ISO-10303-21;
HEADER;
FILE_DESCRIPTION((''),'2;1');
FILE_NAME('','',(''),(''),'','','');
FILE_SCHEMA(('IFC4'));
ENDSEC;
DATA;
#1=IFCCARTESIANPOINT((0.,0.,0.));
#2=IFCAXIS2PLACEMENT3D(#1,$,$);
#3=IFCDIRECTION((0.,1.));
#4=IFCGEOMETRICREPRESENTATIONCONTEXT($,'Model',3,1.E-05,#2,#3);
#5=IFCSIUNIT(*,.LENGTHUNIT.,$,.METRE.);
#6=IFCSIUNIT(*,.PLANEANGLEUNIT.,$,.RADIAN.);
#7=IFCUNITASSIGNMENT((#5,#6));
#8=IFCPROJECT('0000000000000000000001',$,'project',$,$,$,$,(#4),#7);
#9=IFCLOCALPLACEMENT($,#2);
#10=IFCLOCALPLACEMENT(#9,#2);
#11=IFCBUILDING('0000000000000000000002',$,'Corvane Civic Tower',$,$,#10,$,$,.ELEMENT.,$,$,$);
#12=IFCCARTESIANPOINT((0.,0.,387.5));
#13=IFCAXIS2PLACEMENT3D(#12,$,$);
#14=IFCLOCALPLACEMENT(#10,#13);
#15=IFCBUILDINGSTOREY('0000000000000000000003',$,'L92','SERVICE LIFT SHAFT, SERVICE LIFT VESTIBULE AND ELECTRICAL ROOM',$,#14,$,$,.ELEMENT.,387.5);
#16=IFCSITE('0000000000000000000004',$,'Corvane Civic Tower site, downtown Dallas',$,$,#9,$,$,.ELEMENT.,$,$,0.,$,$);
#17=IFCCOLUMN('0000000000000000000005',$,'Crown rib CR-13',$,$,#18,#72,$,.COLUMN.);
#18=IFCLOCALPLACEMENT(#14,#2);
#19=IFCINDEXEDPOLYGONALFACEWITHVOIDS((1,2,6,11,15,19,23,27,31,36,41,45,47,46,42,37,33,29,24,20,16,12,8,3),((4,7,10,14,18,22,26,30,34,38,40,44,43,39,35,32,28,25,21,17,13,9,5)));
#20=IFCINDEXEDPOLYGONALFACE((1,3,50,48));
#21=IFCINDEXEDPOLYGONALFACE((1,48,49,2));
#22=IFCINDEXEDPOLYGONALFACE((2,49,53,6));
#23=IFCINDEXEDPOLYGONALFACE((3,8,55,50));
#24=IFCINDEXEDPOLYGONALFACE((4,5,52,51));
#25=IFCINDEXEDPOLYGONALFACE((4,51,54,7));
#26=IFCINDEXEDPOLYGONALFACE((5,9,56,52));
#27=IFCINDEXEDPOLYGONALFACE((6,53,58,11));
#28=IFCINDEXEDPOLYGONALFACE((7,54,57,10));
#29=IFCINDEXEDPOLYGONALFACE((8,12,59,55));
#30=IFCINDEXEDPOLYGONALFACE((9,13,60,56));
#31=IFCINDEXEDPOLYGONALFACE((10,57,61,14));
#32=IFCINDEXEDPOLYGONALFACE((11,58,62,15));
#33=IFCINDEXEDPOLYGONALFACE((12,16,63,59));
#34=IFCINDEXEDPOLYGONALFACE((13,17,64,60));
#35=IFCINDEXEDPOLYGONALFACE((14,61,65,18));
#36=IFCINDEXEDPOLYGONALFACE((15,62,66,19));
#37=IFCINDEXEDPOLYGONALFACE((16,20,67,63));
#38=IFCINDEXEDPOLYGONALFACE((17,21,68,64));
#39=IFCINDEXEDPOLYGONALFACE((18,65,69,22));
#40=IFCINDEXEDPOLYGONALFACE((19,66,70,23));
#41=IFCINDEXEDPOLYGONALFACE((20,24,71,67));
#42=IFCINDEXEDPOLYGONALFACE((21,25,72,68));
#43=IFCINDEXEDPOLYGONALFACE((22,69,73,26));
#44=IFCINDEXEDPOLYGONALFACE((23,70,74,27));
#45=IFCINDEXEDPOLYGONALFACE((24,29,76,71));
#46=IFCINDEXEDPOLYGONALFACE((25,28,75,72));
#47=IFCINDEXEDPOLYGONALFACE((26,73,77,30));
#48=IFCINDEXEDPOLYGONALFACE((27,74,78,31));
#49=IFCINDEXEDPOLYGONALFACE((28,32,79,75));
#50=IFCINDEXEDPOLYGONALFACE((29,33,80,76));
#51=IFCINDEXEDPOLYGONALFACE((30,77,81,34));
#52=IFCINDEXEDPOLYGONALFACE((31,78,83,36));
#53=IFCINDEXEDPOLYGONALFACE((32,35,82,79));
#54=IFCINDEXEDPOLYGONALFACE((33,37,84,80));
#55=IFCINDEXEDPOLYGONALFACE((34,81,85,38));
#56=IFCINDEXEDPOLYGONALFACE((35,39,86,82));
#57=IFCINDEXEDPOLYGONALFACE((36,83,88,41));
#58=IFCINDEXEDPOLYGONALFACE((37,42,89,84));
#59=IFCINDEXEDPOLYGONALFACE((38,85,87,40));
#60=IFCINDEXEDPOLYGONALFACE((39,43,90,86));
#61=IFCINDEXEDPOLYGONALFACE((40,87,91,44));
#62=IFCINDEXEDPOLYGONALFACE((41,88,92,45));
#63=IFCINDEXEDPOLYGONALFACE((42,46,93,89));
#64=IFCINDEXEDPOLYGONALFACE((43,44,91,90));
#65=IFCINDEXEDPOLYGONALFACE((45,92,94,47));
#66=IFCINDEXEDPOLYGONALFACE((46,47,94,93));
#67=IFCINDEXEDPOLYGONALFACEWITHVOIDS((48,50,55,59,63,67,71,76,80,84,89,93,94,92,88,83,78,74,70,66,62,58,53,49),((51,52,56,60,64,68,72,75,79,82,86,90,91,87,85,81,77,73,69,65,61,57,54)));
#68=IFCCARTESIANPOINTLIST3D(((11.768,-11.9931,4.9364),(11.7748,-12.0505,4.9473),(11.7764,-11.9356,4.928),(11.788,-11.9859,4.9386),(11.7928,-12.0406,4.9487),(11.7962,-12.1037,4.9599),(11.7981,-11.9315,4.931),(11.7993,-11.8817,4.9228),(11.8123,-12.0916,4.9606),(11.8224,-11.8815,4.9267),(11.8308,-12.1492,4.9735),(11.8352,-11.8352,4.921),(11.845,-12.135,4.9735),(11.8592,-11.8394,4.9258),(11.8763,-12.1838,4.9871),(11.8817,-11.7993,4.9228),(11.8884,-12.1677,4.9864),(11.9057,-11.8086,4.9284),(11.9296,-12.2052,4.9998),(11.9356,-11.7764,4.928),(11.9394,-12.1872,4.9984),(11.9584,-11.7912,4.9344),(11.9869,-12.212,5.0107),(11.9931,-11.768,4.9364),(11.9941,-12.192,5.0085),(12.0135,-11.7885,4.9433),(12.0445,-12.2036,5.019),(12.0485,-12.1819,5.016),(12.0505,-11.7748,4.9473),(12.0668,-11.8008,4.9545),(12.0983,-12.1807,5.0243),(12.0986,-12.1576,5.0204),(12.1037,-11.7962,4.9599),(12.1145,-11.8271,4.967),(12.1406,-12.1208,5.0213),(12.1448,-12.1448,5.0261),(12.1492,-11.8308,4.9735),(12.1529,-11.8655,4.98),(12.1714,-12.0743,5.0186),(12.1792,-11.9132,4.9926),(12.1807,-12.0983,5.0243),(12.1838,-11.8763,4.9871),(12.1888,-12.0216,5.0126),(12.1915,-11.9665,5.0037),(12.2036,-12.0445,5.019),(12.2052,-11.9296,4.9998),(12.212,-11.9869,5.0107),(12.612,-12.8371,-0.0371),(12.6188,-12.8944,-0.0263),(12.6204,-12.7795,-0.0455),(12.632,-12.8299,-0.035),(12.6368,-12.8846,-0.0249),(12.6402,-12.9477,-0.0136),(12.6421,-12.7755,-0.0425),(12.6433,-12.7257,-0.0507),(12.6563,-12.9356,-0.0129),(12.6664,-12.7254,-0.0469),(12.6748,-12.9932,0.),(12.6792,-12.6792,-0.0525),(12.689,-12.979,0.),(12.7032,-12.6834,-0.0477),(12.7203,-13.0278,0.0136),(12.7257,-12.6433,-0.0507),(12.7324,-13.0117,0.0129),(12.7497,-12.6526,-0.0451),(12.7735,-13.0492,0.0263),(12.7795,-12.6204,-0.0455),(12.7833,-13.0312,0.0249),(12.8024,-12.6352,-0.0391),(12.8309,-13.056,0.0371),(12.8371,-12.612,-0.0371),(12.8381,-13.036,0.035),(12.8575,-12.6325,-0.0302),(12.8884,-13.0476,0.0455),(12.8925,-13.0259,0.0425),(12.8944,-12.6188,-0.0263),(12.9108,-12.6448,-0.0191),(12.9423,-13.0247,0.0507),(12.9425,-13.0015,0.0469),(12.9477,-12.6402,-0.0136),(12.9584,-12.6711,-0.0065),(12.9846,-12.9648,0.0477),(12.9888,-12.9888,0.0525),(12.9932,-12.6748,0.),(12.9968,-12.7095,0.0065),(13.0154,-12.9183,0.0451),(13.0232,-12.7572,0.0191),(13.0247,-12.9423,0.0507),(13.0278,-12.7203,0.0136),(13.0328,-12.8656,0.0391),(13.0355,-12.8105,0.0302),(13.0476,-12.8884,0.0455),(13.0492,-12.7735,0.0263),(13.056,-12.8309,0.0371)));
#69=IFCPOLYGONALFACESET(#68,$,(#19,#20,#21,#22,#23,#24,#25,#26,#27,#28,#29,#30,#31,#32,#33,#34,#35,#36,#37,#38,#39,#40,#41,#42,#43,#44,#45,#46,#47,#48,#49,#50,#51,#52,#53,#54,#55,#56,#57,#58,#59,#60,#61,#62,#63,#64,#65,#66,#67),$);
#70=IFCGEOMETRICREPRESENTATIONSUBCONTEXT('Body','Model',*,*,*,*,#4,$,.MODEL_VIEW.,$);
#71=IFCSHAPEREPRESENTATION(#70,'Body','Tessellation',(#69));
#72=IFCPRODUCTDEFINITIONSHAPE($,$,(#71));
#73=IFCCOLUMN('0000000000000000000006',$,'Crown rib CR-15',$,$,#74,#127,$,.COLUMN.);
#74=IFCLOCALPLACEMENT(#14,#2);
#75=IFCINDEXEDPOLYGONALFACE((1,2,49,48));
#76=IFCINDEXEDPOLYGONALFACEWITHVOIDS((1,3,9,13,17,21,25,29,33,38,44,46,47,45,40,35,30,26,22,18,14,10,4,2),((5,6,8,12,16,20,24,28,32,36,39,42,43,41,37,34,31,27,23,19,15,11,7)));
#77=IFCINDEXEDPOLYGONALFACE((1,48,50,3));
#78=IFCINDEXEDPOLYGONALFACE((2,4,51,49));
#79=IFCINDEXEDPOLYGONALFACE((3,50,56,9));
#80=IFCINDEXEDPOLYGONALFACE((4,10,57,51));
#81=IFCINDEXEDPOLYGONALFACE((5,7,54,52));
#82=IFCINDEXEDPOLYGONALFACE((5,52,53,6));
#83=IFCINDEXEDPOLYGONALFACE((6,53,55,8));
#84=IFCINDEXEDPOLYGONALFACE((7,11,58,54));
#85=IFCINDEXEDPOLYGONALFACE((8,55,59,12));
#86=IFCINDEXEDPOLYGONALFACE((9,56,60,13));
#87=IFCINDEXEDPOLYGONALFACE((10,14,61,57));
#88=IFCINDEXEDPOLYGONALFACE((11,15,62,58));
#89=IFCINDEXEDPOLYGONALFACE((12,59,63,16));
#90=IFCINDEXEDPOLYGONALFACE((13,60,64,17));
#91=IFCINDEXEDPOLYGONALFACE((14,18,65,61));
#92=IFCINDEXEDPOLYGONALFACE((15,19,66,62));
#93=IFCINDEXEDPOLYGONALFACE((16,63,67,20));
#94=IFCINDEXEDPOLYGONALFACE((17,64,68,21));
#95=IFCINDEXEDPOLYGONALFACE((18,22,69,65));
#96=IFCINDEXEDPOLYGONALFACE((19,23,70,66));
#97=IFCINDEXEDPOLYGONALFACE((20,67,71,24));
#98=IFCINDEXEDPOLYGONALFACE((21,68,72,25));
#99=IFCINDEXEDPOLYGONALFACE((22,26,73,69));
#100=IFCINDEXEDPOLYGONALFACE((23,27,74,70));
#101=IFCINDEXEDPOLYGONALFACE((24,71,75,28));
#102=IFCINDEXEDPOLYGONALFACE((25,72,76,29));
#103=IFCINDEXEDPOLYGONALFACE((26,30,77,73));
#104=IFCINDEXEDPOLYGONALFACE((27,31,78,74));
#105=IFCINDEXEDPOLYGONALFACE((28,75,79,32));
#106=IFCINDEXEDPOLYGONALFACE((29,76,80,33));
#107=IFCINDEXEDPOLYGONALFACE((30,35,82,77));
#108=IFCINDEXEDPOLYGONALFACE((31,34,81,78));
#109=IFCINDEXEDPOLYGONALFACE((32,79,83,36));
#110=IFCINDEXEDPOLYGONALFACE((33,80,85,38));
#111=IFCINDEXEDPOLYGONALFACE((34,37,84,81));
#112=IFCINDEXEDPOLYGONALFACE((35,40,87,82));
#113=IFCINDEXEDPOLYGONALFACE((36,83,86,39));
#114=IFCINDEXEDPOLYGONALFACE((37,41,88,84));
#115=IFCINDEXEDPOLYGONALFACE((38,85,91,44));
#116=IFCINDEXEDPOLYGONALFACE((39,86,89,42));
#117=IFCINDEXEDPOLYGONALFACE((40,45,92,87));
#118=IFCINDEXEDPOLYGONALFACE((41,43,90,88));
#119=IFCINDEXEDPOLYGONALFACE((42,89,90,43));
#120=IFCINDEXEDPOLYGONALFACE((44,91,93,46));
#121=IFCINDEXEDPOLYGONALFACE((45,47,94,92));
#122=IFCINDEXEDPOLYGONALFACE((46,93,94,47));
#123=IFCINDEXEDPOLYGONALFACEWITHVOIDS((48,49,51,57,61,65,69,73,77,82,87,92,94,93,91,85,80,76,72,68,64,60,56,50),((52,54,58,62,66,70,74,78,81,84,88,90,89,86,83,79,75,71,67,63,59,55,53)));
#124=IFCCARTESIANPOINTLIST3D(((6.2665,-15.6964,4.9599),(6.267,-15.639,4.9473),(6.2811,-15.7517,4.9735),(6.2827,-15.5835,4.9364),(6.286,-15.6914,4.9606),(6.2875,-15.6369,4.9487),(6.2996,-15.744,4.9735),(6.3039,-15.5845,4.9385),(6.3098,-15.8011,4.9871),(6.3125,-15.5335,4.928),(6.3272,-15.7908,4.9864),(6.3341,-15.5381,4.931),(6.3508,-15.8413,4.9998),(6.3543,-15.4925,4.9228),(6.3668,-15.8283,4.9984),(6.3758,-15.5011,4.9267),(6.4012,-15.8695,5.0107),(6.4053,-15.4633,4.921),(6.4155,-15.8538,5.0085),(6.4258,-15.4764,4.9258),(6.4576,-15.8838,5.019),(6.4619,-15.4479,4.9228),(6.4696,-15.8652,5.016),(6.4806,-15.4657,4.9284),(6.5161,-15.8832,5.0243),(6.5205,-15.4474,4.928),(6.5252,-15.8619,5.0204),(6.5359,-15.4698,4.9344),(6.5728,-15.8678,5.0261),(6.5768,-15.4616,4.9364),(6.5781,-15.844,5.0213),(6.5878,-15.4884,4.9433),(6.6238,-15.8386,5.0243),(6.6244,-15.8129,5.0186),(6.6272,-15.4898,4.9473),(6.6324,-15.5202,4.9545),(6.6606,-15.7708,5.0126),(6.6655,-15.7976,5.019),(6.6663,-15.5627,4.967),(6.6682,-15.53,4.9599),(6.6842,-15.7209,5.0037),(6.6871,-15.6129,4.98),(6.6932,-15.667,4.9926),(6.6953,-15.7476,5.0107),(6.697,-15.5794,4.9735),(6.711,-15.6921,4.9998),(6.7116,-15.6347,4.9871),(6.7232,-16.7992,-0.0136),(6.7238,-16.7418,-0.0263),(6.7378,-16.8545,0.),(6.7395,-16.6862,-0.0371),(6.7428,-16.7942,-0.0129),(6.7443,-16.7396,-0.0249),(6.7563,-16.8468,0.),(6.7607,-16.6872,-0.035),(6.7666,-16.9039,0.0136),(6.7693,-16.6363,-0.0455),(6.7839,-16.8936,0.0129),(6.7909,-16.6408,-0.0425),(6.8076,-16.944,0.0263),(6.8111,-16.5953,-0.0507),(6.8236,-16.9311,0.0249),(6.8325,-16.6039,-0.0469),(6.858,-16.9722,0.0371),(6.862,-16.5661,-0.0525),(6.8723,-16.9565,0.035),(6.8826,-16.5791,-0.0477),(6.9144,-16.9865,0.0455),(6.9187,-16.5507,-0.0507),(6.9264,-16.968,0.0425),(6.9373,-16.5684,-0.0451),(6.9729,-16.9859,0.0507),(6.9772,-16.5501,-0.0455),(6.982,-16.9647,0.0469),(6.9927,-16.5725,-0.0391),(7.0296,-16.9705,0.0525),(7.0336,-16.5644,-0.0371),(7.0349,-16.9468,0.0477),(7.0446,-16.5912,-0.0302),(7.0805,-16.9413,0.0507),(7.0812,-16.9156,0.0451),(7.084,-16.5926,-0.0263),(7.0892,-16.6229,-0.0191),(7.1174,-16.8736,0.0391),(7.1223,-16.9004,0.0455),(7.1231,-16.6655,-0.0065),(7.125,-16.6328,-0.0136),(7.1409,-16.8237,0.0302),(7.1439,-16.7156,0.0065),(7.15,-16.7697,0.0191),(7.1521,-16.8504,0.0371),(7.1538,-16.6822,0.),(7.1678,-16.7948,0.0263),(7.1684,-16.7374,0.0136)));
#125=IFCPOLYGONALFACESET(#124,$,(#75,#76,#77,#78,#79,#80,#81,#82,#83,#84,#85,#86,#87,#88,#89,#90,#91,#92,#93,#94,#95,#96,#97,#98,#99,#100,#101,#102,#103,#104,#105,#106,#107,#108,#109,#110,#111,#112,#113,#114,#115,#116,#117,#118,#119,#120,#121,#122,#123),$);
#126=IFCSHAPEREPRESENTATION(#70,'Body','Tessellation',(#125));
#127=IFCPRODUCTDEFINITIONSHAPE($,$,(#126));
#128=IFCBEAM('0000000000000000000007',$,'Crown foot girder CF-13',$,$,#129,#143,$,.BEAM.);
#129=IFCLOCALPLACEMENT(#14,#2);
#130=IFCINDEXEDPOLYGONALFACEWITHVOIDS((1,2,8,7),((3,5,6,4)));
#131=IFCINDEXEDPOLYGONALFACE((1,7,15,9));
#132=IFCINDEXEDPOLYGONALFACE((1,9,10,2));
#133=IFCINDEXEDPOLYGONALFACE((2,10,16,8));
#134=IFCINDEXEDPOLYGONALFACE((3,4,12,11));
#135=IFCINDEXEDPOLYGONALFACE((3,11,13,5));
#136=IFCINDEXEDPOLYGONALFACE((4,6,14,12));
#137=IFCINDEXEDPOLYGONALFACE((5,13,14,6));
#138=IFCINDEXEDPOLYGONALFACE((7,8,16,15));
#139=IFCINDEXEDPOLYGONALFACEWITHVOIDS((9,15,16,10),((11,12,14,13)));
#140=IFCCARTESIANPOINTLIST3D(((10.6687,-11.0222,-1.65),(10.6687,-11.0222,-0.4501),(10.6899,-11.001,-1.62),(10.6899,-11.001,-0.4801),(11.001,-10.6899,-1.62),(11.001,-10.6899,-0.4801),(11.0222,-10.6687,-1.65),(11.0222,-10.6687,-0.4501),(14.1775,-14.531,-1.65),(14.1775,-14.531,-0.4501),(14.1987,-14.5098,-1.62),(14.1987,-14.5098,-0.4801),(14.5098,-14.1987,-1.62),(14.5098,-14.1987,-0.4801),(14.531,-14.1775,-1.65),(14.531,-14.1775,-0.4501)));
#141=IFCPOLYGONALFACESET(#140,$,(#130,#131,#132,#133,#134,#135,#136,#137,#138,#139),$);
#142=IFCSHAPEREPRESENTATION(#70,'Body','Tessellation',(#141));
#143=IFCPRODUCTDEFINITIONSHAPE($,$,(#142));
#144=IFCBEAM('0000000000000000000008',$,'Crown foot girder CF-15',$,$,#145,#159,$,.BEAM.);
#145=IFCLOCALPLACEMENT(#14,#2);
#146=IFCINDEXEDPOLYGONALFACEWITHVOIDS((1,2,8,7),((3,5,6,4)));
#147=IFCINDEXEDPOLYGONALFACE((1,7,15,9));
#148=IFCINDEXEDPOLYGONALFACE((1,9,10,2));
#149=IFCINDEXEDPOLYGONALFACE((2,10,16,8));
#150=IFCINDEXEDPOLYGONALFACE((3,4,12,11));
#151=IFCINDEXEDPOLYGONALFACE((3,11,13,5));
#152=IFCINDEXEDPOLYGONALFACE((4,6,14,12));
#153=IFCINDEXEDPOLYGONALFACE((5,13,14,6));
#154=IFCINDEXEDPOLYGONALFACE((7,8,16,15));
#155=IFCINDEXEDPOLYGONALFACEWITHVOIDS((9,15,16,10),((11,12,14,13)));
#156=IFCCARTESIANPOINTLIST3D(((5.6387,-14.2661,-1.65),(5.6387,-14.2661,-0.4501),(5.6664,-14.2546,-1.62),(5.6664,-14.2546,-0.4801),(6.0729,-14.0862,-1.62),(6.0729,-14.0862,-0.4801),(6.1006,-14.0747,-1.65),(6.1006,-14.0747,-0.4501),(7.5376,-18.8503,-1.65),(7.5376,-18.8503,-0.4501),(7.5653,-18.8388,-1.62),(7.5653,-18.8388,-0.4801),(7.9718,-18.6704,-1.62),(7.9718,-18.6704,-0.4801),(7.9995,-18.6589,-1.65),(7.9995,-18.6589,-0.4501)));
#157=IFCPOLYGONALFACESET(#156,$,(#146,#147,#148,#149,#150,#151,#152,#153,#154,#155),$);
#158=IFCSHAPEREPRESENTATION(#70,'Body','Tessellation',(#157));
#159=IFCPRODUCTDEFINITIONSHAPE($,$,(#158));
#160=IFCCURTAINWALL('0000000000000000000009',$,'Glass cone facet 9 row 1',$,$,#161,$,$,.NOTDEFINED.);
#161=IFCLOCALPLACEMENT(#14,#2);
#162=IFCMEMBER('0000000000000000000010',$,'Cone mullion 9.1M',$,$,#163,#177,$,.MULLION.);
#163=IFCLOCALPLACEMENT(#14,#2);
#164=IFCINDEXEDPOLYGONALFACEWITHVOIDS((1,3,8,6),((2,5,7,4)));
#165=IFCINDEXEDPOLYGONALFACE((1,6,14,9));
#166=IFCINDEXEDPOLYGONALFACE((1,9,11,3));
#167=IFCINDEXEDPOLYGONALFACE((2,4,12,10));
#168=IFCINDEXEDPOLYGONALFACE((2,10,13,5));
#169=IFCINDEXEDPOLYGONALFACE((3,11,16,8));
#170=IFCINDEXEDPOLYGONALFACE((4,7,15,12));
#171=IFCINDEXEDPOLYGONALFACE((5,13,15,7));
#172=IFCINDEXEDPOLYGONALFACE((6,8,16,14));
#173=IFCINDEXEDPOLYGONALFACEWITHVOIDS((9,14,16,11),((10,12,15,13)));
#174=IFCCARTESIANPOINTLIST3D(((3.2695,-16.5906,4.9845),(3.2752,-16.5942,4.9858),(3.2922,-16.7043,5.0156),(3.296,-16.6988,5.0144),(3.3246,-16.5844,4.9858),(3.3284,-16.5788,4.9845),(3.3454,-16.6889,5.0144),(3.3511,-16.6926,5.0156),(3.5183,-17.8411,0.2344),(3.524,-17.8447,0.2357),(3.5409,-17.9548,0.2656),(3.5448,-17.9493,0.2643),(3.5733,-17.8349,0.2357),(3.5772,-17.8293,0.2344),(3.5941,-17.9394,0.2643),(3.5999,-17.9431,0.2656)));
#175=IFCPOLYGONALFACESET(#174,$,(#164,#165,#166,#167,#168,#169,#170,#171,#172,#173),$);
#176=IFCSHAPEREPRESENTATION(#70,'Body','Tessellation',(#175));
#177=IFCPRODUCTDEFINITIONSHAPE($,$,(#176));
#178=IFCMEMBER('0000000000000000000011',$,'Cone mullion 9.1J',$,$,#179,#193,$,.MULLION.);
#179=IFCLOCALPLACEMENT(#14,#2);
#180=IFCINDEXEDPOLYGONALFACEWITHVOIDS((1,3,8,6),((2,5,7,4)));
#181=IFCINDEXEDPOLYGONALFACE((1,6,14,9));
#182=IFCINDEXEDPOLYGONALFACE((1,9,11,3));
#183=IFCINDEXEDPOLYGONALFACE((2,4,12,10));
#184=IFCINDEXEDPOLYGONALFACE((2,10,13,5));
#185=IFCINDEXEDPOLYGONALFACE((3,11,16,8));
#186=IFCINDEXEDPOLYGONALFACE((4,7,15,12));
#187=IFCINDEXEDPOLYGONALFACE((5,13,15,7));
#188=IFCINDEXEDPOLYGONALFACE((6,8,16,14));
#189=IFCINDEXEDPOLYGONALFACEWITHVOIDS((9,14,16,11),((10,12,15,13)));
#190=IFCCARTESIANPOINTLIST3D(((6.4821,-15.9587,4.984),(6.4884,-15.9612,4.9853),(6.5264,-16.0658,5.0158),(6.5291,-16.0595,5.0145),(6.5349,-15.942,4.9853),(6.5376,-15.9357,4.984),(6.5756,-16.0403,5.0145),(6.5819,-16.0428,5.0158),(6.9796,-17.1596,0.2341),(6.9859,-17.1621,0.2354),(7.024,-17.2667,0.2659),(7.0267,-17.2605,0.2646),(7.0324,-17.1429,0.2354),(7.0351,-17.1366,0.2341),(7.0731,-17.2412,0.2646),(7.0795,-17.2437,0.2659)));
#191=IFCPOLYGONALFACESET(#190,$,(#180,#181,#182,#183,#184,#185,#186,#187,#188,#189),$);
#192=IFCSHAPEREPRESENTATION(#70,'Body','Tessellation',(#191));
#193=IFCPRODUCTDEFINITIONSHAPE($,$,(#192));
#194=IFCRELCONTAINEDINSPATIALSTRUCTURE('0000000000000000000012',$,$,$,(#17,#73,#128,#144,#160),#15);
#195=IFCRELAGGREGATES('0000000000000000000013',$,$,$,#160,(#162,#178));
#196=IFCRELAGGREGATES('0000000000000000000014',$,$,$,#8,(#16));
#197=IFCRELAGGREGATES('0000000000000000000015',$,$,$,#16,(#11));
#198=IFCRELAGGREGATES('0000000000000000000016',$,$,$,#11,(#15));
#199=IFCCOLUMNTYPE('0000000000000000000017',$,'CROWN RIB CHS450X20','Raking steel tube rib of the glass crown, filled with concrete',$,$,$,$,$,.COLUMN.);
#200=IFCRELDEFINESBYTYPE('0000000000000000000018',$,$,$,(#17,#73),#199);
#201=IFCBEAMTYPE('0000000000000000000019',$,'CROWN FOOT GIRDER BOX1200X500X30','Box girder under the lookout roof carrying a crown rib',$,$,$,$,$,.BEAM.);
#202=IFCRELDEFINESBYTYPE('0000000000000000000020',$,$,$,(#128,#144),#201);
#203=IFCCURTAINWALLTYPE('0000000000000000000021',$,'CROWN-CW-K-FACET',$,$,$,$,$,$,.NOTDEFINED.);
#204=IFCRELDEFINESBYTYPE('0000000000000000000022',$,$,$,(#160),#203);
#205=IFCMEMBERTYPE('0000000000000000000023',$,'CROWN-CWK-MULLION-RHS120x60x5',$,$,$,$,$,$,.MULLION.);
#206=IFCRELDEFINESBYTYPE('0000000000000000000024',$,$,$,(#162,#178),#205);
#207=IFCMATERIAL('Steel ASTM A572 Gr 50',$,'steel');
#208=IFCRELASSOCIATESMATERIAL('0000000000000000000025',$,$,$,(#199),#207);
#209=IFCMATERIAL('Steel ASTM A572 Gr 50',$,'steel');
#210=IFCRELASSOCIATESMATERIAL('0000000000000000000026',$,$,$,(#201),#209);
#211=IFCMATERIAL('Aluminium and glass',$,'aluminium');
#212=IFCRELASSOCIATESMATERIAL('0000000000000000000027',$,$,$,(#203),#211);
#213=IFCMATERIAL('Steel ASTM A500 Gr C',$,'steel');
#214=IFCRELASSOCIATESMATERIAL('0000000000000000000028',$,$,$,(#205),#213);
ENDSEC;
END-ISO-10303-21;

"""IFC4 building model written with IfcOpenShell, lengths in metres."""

from ifc_helpers import new_model, si_unit, direction, frame, origin, origin_2d, place, context, subcontext, project, spatial, hollow_rectangle, hollow_circle, extrude, material, material_profile, profile_set, type_object, element, aggregate, save


model = new_model("IFC4")

# Units and contexts
model_context = context("Model", 3, precision=1e-05, world=origin(), true_north=direction((0.0, 1.0)))
body_context = subcontext(model_context, "Body", "Model", "MODEL_VIEW")
ifc_project = project(units=[si_unit("LENGTHUNIT", "METRE"), si_unit("PLANEANGLEUNIT", "RADIAN")], contexts=[model_context])

# Site, building, storey
site_placement = place(None, origin())
site = spatial("IfcSite", under=ifc_project, at=site_placement, Name="Corvane Civic Tower site, downtown Dallas", CompositionType="ELEMENT", RefElevation=0.0)
building_placement = place(site_placement, origin())
building = spatial("IfcBuilding", under=site, at=building_placement, Name="Corvane Civic Tower", CompositionType="ELEMENT")
storey_placement = place(building_placement, frame((0.0, 0.0, 387.5)))
storey = spatial("IfcBuildingStorey", under=building, at=storey_placement, Name="L92", Description="SERVICE LIFT SHAFT, SERVICE LIFT VESTIBULE AND ELECTRICAL ROOM", CompositionType="ELEMENT", Elevation=387.5)

# Columns
ifc_material_1 = material(Name="Steel ASTM A572 Gr 50", Category="steel")
ifc_material_profile_1 = material_profile(ifc_material_1, hollow_circle(Radius=0.2251, WallThickness=0.02, at=origin_2d()), Name="CHS450X20")
ifc_profile_set_1 = profile_set([ifc_material_profile_1], Name="Steel ASTM A572 Gr 50")
column_type = type_object("IfcColumnType", Name="CROWN RIB CHS450X20", Description="Raking steel tube rib of the glass crown, filled with concrete", PredefinedType="COLUMN", material=ifc_profile_set_1)
for number, where, z_axis, x_axis, name in (
    (1, (12.834, -12.834, 0.0), (-0.165009, 0.165009, 0.972391), (-0.707107, -0.707107, 0.0), "Crown rib CR-13"),
    (2, (6.9458, -16.7683, 0.0), (-0.089306, 0.215604, 0.972389), (-0.92388, -0.382683, 0.0), "Crown rib CR-15"),
):
    element("IfcColumn", number, at=place(storey_placement, frame(where, z_axis=z_axis, x_axis=x_axis)), inside=storey, type_object=column_type, Name=name, PredefinedType="COLUMN", context=body_context, shape_type="SweptSolid", body=[
        extrude(hollow_circle(Radius=0.2251, WallThickness=0.02, at=origin_2d()), origin(), (0.0, 0.0, 1.0), 5.1147),
    ])

# Beams
ifc_material_2 = material(Name="Steel ASTM A572 Gr 50", Category="steel")
ifc_material_profile_2 = material_profile(ifc_material_2, hollow_rectangle(XDim=0.5, YDim=1.2, WallThickness=0.03, at=origin_2d()), Name="BOX1200X500X30")
ifc_profile_set_2 = profile_set([ifc_material_profile_2], Name="Steel ASTM A572 Gr 50")
beam_type = type_object("IfcBeamType", Name="CROWN FOOT GIRDER BOX1200X500X30", Description="Box girder under the lookout roof carrying a crown rib", PredefinedType="BEAM", material=ifc_profile_set_2)
beam_1_placement = place(storey_placement, frame((10.8455, -10.8455, -1.05), z_axis=(0.707107, -0.707107, 0.0), x_axis=(0.707107, 0.707107, 0.0)))
element("IfcBeam", 3, at=beam_1_placement, inside=storey, type_object=beam_type, Name="Crown foot girder CF-13", PredefinedType="BEAM", context=body_context, shape_type="SweptSolid", body=[
    extrude(hollow_rectangle(XDim=0.5, YDim=1.2, WallThickness=0.03, at=origin_2d()), origin(), (0.0, 0.0, 1.0), 4.9622),
])
beam_2_placement = place(storey_placement, frame((5.8696, -14.1704, -1.05), z_axis=(0.382697, -0.923874, 0.0), x_axis=(0.923874, 0.382697, 0.0)))
element("IfcBeam", 4, at=beam_2_placement, inside=storey, type_object=beam_type, Name="Crown foot girder CF-15", PredefinedType="BEAM", context=body_context, shape_type="SweptSolid", body=[
    extrude(hollow_rectangle(XDim=0.5, YDim=1.2, WallThickness=0.03, at=origin_2d()), origin(), (0.0, 0.0, 1.0), 4.9619),
])

# Curtain wall, members
ifc_material_3 = material(Name="Aluminium and glass", Category="aluminium")
curtain_wall_type = type_object("IfcCurtainWallType", Name="CROWN-CW-K-FACET", PredefinedType="NOTDEFINED", material=ifc_material_3)
curtain_wall_1_placement = place(storey_placement, origin())
curtain_wall_1 = element("IfcCurtainWall", 5, at=curtain_wall_1_placement, inside=storey, type_object=curtain_wall_type, Name="Glass cone facet 9 row 1", PredefinedType="NOTDEFINED")
ifc_material_4 = material(Name="Steel ASTM A500 Gr C", Category="steel")
ifc_material_profile_3 = material_profile(ifc_material_4, hollow_rectangle(XDim=0.0601, YDim=0.1201, WallThickness=0.0049, at=origin_2d()), Name="RHS 120x60x5")
ifc_profile_set_3 = profile_set([ifc_material_profile_3], Name="Steel ASTM A500 Gr C")
member_type_1 = type_object("IfcMemberType", Name="CROWN-CWK-MULLION-RHS120x60x5", PredefinedType="MULLION", material=ifc_profile_set_3)
member_1_placement = place(storey_placement, frame((3.5591, -17.8921, 0.25), z_axis=(-0.050584, 0.25426, 0.965812), x_axis=(-0.980779, -0.195122, 0.0)))
member_1 = element("IfcMember", 6, at=member_1_placement, type_object=member_type_1, Name="Cone mullion 9.1M", PredefinedType="MULLION", context=body_context, shape_type="SweptSolid", body=[
    extrude(hollow_rectangle(XDim=0.0601, YDim=0.1201, WallThickness=0.0049, at=origin_2d()), origin(), (0.0, 0.0, 1.0), 4.9182),
])
member_2_placement = place(storey_placement, frame((7.0295, -17.2017, 0.25), z_axis=(-0.101034, 0.24386, 0.964533), x_axis=(-0.923847, -0.382761, 0.0)))
member_2 = element("IfcMember", 7, at=member_2_placement, type_object=member_type_1, Name="Cone mullion 9.1J", PredefinedType="MULLION", context=body_context, shape_type="SweptSolid", body=[
    extrude(hollow_rectangle(XDim=0.0601, YDim=0.1201, WallThickness=0.0049, at=origin_2d()), origin(), (0.0, 0.0, 1.0), 4.9246),
])

aggregate(curtain_wall_1, [member_1, member_2])

save(model, "model.ifc")
